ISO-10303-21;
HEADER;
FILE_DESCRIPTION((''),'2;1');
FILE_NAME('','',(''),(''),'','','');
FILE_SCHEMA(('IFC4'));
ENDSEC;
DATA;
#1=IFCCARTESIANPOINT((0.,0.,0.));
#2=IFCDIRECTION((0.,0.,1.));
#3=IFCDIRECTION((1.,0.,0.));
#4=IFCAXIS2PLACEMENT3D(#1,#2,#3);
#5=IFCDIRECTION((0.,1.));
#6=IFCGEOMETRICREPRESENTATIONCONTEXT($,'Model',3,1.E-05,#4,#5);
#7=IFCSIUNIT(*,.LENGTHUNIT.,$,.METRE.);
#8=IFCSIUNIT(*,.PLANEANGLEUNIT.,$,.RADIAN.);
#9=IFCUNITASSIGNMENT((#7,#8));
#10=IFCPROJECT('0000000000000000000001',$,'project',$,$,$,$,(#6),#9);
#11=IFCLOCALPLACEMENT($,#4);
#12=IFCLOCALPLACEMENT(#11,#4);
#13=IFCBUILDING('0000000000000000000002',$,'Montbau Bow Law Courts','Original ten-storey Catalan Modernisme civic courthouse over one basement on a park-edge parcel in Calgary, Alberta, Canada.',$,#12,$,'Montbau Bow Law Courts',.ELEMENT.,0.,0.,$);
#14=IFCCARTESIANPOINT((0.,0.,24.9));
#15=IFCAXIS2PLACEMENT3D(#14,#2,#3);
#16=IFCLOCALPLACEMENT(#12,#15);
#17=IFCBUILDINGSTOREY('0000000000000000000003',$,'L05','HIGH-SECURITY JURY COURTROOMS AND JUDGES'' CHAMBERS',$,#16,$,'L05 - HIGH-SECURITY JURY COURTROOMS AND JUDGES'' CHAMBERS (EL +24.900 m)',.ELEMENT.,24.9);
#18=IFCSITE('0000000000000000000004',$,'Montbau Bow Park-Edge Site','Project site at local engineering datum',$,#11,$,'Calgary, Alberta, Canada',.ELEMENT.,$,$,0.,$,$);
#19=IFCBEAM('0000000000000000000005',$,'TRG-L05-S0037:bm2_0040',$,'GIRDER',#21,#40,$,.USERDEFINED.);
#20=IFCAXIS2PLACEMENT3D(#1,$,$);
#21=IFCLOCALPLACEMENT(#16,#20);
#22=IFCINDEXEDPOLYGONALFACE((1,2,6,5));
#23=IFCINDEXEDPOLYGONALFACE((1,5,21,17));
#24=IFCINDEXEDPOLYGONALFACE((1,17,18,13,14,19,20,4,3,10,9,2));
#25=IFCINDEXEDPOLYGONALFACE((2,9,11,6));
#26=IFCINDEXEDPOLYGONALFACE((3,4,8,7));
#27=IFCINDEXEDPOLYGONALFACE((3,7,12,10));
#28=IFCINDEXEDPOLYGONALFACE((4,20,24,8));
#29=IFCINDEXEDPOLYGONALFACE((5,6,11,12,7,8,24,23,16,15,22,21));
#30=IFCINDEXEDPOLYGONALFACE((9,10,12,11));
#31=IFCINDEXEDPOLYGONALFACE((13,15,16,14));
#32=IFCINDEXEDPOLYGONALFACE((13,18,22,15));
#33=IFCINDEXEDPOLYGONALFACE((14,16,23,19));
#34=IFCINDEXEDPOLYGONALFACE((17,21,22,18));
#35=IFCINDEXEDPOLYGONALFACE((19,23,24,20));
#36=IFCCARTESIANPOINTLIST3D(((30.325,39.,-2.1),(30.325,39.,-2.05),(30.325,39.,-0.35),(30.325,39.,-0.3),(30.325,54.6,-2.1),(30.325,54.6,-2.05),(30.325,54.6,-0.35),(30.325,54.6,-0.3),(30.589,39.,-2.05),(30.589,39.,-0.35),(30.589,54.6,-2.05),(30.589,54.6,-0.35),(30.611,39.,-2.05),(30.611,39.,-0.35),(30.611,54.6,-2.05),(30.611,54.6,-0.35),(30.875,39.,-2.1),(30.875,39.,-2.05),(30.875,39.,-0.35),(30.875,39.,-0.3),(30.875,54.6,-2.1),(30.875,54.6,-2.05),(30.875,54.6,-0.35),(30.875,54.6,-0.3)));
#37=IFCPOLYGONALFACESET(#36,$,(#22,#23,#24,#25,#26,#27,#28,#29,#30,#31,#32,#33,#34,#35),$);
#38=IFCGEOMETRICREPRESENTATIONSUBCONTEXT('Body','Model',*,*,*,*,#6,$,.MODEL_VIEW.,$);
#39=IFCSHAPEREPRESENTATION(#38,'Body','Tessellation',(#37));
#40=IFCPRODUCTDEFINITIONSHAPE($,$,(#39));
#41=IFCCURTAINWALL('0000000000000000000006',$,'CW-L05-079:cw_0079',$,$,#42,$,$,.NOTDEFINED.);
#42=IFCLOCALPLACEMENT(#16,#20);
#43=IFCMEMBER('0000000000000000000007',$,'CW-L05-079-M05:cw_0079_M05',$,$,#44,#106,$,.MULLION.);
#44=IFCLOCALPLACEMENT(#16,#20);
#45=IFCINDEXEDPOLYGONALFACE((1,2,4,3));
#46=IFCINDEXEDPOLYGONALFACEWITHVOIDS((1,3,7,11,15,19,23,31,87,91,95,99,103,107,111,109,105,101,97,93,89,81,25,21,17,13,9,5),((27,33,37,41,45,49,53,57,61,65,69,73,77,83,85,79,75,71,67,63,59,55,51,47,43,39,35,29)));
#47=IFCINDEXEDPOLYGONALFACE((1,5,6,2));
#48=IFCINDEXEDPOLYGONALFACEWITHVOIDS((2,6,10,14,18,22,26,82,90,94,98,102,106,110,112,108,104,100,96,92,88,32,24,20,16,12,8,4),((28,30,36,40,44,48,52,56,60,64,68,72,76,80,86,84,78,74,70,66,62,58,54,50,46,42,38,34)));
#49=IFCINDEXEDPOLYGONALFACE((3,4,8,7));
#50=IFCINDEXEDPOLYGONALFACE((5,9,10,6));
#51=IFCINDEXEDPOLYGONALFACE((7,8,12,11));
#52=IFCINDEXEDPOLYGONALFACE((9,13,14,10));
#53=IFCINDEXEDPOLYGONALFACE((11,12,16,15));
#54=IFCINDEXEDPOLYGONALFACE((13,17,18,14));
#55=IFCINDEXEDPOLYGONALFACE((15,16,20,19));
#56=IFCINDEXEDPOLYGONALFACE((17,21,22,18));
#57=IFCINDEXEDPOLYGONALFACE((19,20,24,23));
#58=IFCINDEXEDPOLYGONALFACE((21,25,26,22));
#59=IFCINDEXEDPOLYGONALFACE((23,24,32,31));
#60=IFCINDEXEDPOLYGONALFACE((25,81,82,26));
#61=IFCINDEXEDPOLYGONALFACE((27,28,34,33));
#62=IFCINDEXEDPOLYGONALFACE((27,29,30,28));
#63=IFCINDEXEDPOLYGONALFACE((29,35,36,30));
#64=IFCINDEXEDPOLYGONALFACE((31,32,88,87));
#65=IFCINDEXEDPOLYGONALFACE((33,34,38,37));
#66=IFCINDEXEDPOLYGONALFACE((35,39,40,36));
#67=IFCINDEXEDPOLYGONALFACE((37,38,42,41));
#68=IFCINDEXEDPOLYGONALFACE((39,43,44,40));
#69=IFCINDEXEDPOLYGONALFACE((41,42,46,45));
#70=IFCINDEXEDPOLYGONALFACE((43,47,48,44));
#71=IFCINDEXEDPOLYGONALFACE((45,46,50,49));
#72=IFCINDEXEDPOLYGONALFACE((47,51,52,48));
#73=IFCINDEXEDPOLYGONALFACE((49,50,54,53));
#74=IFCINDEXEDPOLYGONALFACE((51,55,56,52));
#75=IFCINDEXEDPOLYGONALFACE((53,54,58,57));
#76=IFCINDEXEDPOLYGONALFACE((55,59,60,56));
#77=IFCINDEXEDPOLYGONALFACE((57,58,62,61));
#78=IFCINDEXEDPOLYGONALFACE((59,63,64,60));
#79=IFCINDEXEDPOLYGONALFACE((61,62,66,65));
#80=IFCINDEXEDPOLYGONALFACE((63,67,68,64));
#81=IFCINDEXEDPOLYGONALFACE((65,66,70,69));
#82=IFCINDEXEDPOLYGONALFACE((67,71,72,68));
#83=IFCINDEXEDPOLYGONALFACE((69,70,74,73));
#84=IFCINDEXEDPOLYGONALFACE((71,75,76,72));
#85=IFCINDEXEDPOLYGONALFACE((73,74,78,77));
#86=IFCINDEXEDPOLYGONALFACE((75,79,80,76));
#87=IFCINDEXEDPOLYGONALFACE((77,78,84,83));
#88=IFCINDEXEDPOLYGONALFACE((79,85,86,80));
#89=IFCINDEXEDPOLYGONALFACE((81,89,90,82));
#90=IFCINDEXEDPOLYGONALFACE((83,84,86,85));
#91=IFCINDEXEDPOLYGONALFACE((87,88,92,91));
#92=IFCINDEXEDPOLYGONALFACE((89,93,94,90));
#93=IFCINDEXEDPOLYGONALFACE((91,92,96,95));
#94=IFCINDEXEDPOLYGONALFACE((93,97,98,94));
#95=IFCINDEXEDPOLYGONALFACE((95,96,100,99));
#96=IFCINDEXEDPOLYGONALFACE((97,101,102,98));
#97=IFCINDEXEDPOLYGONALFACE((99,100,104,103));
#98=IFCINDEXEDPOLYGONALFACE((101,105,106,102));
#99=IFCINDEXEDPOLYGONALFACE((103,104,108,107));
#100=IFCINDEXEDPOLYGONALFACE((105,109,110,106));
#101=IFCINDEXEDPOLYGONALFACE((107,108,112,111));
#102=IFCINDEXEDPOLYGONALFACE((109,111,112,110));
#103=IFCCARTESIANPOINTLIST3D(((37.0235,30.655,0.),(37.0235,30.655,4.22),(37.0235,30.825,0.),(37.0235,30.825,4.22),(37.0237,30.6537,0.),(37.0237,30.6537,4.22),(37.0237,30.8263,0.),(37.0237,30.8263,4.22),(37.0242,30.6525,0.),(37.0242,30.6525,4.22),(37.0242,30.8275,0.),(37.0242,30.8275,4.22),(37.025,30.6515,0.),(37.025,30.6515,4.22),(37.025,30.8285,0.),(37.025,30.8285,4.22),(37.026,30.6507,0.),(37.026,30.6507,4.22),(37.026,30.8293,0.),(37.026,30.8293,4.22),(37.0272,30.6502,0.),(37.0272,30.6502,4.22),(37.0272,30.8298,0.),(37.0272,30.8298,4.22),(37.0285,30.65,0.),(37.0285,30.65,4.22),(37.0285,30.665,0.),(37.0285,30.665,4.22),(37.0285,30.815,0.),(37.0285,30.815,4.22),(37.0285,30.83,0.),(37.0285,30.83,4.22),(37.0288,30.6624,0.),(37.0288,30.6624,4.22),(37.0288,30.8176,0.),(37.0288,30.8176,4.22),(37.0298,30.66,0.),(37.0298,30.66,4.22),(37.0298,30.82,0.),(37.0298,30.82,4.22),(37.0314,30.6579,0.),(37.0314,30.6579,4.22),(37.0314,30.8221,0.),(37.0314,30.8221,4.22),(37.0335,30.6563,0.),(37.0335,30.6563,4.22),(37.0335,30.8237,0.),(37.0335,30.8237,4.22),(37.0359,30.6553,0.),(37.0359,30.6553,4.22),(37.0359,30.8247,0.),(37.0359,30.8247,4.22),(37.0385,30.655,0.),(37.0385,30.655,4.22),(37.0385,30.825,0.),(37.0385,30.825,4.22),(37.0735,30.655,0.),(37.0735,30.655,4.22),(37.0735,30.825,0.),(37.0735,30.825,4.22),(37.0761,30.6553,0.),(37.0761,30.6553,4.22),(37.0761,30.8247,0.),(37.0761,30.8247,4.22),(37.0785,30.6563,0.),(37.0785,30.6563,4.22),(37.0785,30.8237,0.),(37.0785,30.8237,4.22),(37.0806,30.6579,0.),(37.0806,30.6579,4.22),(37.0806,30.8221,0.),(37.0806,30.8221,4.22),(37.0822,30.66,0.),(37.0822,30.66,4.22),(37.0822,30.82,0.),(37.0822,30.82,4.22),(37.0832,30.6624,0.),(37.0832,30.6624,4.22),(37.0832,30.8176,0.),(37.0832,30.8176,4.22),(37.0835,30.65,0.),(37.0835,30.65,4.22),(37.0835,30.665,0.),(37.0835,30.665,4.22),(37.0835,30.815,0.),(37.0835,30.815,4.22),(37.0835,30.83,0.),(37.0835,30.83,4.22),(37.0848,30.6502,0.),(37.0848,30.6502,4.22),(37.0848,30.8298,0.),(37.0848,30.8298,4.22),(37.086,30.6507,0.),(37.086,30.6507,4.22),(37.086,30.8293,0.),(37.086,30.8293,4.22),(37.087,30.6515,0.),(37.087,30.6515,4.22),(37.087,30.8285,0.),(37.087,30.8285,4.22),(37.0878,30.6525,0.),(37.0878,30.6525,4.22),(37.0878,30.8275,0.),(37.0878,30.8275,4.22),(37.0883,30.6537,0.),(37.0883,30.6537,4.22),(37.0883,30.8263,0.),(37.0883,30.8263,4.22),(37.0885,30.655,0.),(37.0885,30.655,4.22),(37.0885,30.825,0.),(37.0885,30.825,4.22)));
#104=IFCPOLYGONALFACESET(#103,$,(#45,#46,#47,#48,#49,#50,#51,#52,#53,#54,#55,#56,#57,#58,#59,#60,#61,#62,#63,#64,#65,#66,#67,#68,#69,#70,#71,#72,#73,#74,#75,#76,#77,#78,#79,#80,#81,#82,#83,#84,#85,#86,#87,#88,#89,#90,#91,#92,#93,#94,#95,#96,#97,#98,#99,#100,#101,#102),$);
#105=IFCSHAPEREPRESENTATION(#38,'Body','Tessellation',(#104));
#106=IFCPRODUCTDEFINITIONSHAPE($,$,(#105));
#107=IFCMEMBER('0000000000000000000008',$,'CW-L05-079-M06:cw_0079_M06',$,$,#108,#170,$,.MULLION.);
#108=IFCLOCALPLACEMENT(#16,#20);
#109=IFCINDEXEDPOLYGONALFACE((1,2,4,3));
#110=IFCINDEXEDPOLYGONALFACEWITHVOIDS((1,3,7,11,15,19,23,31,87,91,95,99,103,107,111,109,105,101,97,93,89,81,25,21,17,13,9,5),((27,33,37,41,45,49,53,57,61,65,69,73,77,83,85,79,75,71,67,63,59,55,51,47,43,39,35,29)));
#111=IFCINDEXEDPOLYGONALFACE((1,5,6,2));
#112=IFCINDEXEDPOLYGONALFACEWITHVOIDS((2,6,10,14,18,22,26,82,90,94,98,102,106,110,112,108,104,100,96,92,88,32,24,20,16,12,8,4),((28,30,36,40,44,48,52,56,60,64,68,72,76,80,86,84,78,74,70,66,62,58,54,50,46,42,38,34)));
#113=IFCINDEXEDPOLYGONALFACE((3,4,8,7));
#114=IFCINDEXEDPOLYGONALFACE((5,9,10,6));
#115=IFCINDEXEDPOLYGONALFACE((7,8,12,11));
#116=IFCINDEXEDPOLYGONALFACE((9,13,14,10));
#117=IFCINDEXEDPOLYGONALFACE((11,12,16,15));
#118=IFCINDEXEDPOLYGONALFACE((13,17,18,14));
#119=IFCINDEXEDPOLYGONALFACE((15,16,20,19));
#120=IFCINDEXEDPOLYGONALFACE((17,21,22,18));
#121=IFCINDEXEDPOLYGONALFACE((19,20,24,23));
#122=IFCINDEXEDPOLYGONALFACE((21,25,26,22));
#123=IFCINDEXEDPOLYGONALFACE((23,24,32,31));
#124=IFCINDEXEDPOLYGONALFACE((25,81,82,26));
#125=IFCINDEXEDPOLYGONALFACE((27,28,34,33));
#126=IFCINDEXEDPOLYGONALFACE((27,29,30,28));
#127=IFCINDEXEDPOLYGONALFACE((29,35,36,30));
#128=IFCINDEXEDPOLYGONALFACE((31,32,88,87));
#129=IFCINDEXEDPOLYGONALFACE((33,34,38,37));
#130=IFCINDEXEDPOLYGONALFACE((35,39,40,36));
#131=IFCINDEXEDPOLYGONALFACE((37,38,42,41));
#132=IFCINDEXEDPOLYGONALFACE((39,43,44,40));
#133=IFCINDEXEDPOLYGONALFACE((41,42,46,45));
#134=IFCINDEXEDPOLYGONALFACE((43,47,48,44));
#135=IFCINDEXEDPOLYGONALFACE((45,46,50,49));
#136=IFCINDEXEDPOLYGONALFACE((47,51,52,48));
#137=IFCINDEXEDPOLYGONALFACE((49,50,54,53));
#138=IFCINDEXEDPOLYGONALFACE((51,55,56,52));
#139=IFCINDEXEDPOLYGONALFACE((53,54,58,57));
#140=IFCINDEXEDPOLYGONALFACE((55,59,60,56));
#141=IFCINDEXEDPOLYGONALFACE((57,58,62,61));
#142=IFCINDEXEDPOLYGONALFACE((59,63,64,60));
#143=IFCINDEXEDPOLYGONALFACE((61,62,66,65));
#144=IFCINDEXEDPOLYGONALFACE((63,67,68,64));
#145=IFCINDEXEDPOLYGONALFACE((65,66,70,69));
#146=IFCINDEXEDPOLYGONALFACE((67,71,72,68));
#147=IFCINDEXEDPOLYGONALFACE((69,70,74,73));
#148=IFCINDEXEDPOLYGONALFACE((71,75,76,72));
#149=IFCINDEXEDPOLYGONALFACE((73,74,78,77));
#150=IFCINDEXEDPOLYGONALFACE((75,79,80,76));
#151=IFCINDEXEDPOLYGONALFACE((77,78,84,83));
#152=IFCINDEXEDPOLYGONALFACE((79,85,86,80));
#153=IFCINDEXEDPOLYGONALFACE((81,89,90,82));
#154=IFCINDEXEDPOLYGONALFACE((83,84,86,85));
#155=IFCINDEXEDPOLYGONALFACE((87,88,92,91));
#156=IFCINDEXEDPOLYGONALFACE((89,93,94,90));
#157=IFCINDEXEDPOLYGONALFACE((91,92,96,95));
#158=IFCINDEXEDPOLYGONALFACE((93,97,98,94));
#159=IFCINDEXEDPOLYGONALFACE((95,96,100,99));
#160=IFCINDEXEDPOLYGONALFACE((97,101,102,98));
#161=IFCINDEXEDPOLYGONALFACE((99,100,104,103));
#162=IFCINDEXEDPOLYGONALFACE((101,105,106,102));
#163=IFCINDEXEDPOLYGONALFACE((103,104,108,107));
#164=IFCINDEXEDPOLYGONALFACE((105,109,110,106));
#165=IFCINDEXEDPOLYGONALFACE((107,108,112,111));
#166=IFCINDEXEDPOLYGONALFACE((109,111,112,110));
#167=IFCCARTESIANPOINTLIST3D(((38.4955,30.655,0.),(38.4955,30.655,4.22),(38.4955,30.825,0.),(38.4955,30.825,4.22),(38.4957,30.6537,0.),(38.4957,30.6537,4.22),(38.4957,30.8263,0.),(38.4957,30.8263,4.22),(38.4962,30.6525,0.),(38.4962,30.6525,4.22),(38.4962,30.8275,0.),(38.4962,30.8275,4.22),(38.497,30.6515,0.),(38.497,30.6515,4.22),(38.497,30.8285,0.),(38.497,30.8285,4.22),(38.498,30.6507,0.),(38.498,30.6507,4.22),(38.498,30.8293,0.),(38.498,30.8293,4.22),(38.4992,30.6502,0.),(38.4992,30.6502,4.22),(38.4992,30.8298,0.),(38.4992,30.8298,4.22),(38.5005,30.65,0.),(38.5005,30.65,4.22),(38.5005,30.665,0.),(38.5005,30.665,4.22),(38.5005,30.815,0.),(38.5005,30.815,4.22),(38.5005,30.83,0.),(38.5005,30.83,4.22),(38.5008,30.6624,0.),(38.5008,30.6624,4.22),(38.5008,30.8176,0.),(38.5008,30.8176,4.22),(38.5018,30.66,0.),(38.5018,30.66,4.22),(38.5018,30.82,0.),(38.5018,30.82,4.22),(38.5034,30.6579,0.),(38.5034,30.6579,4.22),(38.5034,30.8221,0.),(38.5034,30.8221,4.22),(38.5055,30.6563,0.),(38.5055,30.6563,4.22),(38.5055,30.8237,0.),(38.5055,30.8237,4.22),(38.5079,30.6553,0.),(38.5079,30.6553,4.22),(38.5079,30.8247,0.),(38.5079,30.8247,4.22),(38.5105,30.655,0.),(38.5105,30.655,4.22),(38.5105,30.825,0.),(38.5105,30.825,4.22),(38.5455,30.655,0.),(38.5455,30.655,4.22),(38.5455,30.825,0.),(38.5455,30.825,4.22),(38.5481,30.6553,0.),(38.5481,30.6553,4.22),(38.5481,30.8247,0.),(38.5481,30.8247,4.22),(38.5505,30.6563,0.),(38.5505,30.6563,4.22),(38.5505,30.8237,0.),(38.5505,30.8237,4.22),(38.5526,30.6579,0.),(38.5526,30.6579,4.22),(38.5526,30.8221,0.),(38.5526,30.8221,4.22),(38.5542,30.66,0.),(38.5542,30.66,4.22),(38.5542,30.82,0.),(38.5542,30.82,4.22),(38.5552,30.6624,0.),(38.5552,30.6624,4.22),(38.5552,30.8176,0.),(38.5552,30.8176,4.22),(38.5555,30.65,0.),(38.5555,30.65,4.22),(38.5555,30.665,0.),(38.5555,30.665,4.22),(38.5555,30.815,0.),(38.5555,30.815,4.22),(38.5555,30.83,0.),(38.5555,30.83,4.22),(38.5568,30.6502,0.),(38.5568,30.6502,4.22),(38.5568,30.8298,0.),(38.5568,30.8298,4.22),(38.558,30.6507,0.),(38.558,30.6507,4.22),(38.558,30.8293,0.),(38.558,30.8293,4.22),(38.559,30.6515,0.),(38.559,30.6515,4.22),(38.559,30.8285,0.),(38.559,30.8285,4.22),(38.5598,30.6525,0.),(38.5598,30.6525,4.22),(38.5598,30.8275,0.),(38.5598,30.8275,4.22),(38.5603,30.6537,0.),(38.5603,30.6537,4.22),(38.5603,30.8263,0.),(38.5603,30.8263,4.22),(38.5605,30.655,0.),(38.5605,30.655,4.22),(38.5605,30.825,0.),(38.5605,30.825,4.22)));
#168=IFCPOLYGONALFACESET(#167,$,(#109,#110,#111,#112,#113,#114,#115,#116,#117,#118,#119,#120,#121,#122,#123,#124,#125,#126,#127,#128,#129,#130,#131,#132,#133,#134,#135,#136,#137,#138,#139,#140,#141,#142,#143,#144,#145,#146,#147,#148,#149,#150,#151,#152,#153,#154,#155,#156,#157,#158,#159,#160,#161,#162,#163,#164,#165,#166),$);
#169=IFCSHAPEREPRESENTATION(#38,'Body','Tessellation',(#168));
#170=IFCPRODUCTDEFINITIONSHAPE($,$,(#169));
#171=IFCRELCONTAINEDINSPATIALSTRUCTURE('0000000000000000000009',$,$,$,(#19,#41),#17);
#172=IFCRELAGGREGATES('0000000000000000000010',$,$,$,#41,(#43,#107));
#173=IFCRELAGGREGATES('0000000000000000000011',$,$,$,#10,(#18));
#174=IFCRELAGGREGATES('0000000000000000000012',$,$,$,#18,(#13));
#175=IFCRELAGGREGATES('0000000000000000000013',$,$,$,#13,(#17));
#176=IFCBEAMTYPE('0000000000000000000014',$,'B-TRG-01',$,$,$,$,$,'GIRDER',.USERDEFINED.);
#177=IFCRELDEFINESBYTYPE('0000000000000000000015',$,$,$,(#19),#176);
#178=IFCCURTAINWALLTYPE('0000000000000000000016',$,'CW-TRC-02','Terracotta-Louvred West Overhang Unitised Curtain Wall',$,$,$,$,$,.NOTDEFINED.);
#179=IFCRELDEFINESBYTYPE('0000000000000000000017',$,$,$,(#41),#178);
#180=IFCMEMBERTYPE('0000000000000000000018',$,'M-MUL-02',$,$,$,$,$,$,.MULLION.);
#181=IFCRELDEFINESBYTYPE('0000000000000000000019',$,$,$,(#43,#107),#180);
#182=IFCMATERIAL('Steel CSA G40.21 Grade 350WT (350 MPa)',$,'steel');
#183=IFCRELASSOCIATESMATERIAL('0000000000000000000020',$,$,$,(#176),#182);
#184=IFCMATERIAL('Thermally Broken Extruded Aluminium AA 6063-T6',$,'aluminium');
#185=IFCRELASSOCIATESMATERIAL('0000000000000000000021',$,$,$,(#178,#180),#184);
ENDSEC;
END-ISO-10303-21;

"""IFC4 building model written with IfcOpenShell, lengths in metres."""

from ifc_helpers import new_model, si_unit, direction, frame, origin_with_axes, origin_2d_with_axis, place, context, subcontext, project, spatial, hollow_rectangle, i_section, extrude, material, material_profile, profile_set, type_object, element, aggregate, save


model = new_model("IFC4")

# Units and contexts
model_context = context("Model", 3, precision=1e-05, world=origin_with_axes(), true_north=direction((0.0, 1.0)))
body_context = subcontext(model_context, "Body", "Model", "MODEL_VIEW")
ifc_project = project(units=[si_unit("LENGTHUNIT", "METRE"), si_unit("PLANEANGLEUNIT", "RADIAN")], contexts=[model_context])

# Site, building, storey
site_placement = place(None, origin_with_axes())
site = spatial("IfcSite", under=ifc_project, at=site_placement, Name="Montbau Bow Park-Edge Site", Description="Project site at local engineering datum", LongName="Calgary, Alberta, Canada", CompositionType="ELEMENT", RefElevation=0.0)
building_placement = place(site_placement, origin_with_axes())
building = spatial("IfcBuilding", under=site, at=building_placement, Name="Montbau Bow Law Courts", Description="Original ten-storey Catalan Modernisme civic courthouse over one basement on a park-edge parcel in Calgary, Alberta, Canada.", LongName="Montbau Bow Law Courts", CompositionType="ELEMENT", ElevationOfRefHeight=0.0, ElevationOfTerrain=0.0)
storey_placement = place(building_placement, frame((0.0, 0.0, 24.9), z_axis=(0.0, 0.0, 1.0), x_axis=(1.0, 0.0, 0.0)))
storey = spatial("IfcBuildingStorey", under=building, at=storey_placement, Name="L05", Description="HIGH-SECURITY JURY COURTROOMS AND JUDGES' CHAMBERS", LongName="L05 - HIGH-SECURITY JURY COURTROOMS AND JUDGES' CHAMBERS (EL +24.900 m)", CompositionType="ELEMENT", Elevation=24.9)

# Beam
ifc_material_1 = material(Name="Steel CSA G40.21 Grade 350WT (350 MPa)", Category="steel")
ifc_material_profile_1 = material_profile(ifc_material_1, i_section(OverallWidth=0.55, OverallDepth=1.8, WebThickness=0.022, FlangeThickness=0.05, at=origin_2d_with_axis()), Name="WWF1800X550", Category="Main", Priority=0)
ifc_profile_set_1 = profile_set([ifc_material_profile_1], Name="Steel CSA G40.21 Grade 350WT (350 MPa)")
beam_type_1 = type_object("IfcBeamType", Name="B-TRG-01", ElementType="GIRDER", PredefinedType="USERDEFINED", material=ifc_profile_set_1)
beam_1_placement = place(None, frame((30.6, 39.0, 23.7), z_axis=(0.0, 1.0, 0.0), x_axis=(-1.0, 0.0, 0.0)))
element("IfcBeam", 1, at=beam_1_placement, inside=storey, type_object=beam_type_1, Name="TRG-L05-S0037:bm2_0040", ObjectType="GIRDER", PredefinedType="USERDEFINED", context=body_context, shape_type="SweptSolid", body=[
    extrude(i_section(OverallWidth=0.55, OverallDepth=1.8, WebThickness=0.022, FlangeThickness=0.05, at=origin_2d_with_axis()), origin_with_axes(), (0.0, 0.0, 1.0), 15.6),
])

# Curtain wall, members
ifc_material_2 = material(Name="Thermally Broken Extruded Aluminium AA 6063-T6", Category="aluminium")
curtain_wall_type = type_object("IfcCurtainWallType", Name="CW-TRC-02", Description="Terracotta-Louvred West Overhang Unitised Curtain Wall", PredefinedType="NOTDEFINED", material=ifc_material_2)
curtain_wall_placement = place(None, frame((31.04, 30.74, 24.9), z_axis=(0.0, 0.0, 1.0), x_axis=(1.0, 0.0, 0.0)))
curtain_wall = element("IfcCurtainWall", 2, at=curtain_wall_placement, inside=storey, type_object=curtain_wall_type, Name="CW-L05-079:cw_0079", PredefinedType="NOTDEFINED")
ifc_material_profile_2 = material_profile(ifc_material_2, hollow_rectangle(XDim=0.065, YDim=0.18, WallThickness=0.005, InnerFilletRadius=0.01, OuterFilletRadius=0.005, at=origin_2d_with_axis()), Name="CWM-180X65", Category="Main", Priority=0)
ifc_profile_set_2 = profile_set([ifc_material_profile_2], Name="Thermally Broken Extruded Aluminium AA 6063-T6")
member_type_1 = type_object("IfcMemberType", Name="M-MUL-02", PredefinedType="MULLION", material=ifc_profile_set_2)
member_1_placement = place(None, frame((37.056, 30.74, 24.9), z_axis=(0.0, 0.0, 1.0), x_axis=(1.0, 0.0, 0.0)))
member_1 = element("IfcMember", 3, at=member_1_placement, type_object=member_type_1, Name="CW-L05-079-M05:cw_0079_M05", PredefinedType="MULLION", context=body_context, shape_type="SweptSolid", body=[
    extrude(hollow_rectangle(XDim=0.065, YDim=0.18, WallThickness=0.005, InnerFilletRadius=0.01, OuterFilletRadius=0.005, at=origin_2d_with_axis()), origin_with_axes(), (0.0, 0.0, 1.0), 4.22),
])
member_2_placement = place(None, frame((38.528, 30.74, 24.9), z_axis=(0.0, 0.0, 1.0), x_axis=(1.0, 0.0, 0.0)))
member_2 = element("IfcMember", 4, at=member_2_placement, type_object=member_type_1, Name="CW-L05-079-M06:cw_0079_M06", PredefinedType="MULLION", context=body_context, shape_type="SweptSolid", body=[
    extrude(hollow_rectangle(XDim=0.065, YDim=0.18, WallThickness=0.005, InnerFilletRadius=0.01, OuterFilletRadius=0.005, at=origin_2d_with_axis()), origin_with_axes(), (0.0, 0.0, 1.0), 4.22),
])
aggregate(curtain_wall, [member_1, member_2])

save(model, "model.ifc")
